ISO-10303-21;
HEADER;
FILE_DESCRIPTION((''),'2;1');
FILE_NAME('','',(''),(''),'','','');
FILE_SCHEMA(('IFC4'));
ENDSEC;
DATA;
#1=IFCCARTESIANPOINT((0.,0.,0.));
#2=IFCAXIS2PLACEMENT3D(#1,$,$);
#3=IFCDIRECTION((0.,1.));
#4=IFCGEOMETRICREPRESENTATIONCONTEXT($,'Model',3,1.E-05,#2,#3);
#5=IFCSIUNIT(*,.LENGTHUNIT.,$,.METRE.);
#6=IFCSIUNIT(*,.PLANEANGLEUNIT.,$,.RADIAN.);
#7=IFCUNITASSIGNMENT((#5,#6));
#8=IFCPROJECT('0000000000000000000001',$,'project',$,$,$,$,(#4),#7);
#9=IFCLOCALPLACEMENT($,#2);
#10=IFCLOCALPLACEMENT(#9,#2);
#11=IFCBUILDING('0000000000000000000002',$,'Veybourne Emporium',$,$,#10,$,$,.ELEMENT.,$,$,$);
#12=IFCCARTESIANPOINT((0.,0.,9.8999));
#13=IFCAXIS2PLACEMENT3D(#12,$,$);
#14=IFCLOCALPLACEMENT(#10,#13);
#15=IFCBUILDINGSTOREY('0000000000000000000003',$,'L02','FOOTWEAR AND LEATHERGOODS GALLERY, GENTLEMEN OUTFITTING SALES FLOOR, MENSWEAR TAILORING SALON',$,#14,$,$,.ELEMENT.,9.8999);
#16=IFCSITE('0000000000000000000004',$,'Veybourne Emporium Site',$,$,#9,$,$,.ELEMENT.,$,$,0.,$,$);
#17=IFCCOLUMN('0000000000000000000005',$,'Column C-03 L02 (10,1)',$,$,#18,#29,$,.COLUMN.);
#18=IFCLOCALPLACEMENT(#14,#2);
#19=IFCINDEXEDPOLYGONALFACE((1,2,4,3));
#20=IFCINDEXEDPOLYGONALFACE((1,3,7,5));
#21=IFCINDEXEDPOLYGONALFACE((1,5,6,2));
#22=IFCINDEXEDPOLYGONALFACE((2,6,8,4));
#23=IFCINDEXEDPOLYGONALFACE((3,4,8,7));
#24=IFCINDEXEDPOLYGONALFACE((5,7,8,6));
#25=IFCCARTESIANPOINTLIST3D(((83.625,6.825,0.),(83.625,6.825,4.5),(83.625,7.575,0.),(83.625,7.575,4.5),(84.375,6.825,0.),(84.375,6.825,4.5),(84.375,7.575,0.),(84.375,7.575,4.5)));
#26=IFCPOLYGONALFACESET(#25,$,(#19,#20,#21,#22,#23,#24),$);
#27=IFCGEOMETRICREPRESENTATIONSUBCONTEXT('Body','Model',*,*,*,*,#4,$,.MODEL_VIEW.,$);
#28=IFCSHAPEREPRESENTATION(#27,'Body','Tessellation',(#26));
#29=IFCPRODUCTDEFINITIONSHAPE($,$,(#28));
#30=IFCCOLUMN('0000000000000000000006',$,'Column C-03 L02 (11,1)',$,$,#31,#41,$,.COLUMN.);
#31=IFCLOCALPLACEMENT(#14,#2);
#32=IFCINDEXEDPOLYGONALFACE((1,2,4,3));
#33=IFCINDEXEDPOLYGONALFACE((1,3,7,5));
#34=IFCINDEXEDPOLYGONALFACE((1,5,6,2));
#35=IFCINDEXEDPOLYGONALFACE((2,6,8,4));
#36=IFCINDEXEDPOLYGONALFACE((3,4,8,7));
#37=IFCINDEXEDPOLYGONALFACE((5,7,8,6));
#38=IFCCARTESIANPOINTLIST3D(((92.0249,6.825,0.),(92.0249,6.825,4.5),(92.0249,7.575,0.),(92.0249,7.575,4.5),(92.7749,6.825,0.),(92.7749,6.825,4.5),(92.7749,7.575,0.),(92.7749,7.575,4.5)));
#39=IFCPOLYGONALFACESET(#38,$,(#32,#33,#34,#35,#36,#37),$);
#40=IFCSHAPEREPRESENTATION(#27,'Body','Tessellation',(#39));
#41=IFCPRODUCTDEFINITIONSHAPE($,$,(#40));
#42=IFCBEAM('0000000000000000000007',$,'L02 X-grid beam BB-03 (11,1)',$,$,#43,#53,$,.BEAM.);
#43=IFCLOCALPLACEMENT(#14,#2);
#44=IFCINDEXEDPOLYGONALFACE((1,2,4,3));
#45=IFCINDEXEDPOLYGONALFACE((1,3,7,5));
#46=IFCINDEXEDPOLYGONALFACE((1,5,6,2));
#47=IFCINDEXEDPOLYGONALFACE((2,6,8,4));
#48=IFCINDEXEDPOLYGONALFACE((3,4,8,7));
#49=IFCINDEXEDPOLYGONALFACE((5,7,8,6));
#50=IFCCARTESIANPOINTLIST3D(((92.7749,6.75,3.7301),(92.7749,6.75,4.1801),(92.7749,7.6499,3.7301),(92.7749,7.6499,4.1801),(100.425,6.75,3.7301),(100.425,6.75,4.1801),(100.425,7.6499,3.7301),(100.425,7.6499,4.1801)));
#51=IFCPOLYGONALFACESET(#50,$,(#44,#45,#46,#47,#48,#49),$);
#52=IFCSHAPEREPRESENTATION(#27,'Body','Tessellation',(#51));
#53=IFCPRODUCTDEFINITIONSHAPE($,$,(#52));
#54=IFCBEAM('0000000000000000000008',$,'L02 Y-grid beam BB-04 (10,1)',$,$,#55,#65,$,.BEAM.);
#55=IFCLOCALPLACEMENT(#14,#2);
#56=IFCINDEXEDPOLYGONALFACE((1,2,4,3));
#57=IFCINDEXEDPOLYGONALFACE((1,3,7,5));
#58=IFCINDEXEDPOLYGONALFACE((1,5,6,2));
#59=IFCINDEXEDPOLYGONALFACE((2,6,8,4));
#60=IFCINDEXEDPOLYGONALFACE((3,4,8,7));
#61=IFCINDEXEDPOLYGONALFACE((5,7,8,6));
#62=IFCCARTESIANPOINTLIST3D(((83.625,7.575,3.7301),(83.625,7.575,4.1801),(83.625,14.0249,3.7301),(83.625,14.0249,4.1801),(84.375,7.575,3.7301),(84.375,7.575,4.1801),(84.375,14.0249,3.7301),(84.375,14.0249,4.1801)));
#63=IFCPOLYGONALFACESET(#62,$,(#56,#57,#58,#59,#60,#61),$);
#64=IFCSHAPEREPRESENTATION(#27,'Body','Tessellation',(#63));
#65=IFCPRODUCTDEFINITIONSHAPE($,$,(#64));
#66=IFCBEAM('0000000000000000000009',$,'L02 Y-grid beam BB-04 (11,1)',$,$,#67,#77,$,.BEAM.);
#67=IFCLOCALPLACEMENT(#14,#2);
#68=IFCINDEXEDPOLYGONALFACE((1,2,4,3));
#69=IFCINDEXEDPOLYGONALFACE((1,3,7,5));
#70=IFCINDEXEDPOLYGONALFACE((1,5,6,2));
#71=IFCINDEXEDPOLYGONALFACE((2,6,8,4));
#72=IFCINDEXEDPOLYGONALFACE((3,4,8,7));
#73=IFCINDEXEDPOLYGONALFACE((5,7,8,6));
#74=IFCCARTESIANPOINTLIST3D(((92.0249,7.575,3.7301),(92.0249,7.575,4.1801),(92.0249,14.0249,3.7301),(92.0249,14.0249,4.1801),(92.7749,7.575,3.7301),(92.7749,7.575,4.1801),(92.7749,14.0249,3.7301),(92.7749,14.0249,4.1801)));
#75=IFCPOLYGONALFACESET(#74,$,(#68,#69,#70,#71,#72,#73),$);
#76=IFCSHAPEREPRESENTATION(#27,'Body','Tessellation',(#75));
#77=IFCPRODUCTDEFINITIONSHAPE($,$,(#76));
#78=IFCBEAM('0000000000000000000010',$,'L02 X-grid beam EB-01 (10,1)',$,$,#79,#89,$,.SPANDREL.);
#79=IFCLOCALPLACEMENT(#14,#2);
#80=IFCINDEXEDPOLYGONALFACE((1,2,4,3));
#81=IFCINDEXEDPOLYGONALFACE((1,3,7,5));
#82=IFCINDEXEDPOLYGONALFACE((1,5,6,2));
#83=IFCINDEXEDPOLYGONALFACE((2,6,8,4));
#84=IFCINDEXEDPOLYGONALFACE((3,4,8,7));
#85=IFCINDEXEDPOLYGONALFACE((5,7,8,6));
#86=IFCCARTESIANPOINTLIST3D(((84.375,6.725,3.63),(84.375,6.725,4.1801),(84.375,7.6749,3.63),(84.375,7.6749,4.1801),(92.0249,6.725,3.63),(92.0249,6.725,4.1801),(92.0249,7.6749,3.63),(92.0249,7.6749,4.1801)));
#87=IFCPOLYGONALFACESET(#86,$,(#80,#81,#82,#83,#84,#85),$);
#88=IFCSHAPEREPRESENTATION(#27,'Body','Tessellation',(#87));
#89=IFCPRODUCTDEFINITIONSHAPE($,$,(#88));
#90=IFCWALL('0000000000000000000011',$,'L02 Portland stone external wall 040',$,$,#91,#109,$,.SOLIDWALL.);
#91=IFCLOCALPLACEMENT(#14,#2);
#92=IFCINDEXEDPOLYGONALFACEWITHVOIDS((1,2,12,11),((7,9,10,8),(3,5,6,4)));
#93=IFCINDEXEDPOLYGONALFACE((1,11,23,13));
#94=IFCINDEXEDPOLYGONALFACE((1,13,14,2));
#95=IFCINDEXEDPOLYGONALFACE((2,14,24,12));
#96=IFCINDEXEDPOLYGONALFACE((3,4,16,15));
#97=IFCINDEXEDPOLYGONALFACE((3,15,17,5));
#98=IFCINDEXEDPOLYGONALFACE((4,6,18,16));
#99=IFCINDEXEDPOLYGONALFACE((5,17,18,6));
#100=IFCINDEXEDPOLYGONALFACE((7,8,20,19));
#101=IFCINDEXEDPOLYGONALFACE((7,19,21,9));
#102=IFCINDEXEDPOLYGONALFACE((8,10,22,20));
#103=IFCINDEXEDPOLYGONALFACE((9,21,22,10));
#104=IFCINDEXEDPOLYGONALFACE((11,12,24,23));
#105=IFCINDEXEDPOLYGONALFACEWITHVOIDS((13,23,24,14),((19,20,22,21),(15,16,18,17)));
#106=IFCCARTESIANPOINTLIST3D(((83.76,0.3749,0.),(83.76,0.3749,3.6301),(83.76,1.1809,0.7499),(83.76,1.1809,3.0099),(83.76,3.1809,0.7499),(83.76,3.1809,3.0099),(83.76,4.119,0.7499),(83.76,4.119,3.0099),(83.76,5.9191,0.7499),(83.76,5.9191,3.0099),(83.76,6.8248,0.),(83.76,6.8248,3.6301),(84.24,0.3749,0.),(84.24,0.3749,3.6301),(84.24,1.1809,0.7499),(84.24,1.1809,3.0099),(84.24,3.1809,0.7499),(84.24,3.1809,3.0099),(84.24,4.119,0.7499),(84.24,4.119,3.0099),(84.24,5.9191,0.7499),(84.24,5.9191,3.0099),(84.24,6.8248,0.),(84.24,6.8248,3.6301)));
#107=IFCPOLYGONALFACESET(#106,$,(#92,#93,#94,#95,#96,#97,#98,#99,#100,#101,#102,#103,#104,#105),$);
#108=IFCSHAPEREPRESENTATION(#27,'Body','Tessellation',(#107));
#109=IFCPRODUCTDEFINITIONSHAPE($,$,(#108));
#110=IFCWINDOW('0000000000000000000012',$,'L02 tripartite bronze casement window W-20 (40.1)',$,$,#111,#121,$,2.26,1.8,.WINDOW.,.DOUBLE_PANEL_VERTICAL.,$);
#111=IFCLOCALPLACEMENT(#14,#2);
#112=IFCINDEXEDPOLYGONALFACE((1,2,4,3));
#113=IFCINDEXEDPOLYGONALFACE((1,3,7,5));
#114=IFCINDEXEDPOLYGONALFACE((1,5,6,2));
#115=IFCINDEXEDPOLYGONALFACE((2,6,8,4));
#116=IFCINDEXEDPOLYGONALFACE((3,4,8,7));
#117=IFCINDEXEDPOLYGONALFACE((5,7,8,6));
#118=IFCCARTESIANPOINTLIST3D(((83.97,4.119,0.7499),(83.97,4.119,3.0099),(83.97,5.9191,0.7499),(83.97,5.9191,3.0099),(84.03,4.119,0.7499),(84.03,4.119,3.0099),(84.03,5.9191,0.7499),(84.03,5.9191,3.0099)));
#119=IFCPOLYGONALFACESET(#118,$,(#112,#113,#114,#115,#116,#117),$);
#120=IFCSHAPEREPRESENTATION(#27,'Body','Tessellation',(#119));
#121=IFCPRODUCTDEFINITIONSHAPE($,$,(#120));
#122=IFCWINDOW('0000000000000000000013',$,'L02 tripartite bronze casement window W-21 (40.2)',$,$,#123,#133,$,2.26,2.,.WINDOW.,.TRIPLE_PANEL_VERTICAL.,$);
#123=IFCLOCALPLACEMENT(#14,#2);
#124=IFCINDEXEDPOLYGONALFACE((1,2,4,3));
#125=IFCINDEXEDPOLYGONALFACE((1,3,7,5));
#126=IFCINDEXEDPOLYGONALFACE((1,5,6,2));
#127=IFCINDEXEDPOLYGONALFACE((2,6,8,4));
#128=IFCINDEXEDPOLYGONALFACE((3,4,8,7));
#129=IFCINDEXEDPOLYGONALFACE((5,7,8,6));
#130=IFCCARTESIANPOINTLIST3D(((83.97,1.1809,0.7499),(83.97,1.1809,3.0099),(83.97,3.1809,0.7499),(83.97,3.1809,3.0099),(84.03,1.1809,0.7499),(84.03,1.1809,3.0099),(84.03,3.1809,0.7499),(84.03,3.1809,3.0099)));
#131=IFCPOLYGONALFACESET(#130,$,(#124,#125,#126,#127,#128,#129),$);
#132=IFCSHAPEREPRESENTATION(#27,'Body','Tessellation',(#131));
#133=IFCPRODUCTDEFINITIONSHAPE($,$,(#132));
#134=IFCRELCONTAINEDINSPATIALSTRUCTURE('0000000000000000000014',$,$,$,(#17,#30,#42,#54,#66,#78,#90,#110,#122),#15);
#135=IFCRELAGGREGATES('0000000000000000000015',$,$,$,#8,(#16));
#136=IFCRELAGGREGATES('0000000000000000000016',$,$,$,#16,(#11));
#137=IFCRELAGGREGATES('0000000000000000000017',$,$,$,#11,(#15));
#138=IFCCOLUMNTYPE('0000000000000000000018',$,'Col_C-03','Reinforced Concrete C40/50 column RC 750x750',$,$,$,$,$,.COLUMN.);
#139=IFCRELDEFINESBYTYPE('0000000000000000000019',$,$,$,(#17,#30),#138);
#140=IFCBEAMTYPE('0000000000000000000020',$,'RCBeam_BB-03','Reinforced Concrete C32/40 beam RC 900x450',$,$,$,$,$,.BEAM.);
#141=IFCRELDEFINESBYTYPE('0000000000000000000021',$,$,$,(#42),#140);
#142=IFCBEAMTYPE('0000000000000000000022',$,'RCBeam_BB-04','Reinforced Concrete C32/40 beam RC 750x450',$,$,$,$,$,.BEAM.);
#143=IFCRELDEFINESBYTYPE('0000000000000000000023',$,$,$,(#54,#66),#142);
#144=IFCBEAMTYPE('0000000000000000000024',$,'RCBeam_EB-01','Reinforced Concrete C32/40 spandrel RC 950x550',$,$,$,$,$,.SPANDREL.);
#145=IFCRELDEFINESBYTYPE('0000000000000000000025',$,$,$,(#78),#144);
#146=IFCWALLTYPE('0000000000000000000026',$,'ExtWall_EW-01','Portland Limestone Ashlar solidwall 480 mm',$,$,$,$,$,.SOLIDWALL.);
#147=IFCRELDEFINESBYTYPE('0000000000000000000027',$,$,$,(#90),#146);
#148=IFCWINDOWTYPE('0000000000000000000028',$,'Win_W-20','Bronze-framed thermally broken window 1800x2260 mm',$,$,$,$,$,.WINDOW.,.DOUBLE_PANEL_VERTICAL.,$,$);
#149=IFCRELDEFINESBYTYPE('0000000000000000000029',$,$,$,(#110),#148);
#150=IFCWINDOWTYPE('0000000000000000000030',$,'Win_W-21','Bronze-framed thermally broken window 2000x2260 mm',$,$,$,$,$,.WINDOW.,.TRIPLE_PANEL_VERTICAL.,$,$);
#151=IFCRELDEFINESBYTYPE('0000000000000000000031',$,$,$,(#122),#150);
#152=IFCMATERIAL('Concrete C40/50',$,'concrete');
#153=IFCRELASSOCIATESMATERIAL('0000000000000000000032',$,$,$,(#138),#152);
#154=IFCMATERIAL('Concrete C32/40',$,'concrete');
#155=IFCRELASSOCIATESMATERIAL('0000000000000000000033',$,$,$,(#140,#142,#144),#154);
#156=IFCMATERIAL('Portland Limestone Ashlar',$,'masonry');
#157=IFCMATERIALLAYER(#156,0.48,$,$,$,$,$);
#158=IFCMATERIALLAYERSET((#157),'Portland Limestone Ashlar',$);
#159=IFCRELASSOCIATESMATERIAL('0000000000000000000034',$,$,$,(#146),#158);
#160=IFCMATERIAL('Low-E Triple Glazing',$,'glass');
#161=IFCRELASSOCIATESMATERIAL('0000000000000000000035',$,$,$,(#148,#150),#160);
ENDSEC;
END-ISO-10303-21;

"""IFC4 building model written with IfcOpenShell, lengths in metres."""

from ifc_helpers import new_model, si_unit, direction, frame, frame_2d, origin, origin_2d, place, context, subcontext, project, spatial, rectangle, extrude, material, layer, layer_set, material_profile, profile_set, type_object, element, fill, save


model = new_model("IFC4")

# Units and contexts
model_context = context("Model", 3, precision=1e-05, world=origin(), true_north=direction((0.0, 1.0)))
body_context = subcontext(model_context, "Body", "Model", "MODEL_VIEW")
ifc_project = project(units=[si_unit("LENGTHUNIT", "METRE"), si_unit("PLANEANGLEUNIT", "RADIAN")], contexts=[model_context])

# Site, building, storey
site_placement = place(None, origin())
site = spatial("IfcSite", under=ifc_project, at=site_placement, Name="Veybourne Emporium Site", CompositionType="ELEMENT", RefElevation=0.0)
building_placement = place(site_placement, origin())
building = spatial("IfcBuilding", under=site, at=building_placement, Name="Veybourne Emporium", CompositionType="ELEMENT")
storey_placement = place(building_placement, frame((0.0, 0.0, 9.8999)))
storey = spatial("IfcBuildingStorey", under=building, at=storey_placement, Name="L02", Description="FOOTWEAR AND LEATHERGOODS GALLERY, GENTLEMEN OUTFITTING SALES FLOOR, MENSWEAR TAILORING SALON", CompositionType="ELEMENT", Elevation=9.8999)

# Columns
ifc_material_1 = material(Name="Concrete C40/50", Category="concrete")
ifc_material_profile_1 = material_profile(ifc_material_1, rectangle(XDim=0.75, YDim=0.75, at=origin_2d()), Name="RC 750x750")
ifc_profile_set_1 = profile_set([ifc_material_profile_1], Name="Concrete C40/50")
column_type = type_object("IfcColumnType", Name="Col_C-03", Description="Reinforced Concrete C40/50 column RC 750x750", PredefinedType="COLUMN", material=ifc_profile_set_1)
for number, where, z_axis, x_axis, name in (
    (1, (84.0, 7.2, 0.0), (0.0, 0.0, 1.0), (1.0, 0.0, 0.0), "Column C-03 L02 (10,1)"),
    (2, (92.3999, 7.2, 0.0), (0.0, 0.0, 1.0), (1.0, 0.0, 0.0), "Column C-03 L02 (11,1)"),
):
    element("IfcColumn", number, at=place(storey_placement, frame(where, z_axis=z_axis, x_axis=x_axis)), inside=storey, type_object=column_type, Name=name, PredefinedType="COLUMN", context=body_context, shape_type="SweptSolid", body=[
        extrude(rectangle(XDim=0.75, YDim=0.75, at=origin_2d()), origin(), (0.0, 0.0, 1.0), 4.5),
    ])

# Beams
ifc_material_2 = material(Name="Concrete C32/40", Category="concrete")
ifc_material_profile_2 = material_profile(ifc_material_2, rectangle(XDim=0.8999, YDim=0.45, at=origin_2d()), Name="RC 900x450")
ifc_profile_set_2 = profile_set([ifc_material_profile_2], Name="Concrete C32/40")
beam_type_1 = type_object("IfcBeamType", Name="RCBeam_BB-03", Description="Reinforced Concrete C32/40 beam RC 900x450", PredefinedType="BEAM", material=ifc_profile_set_2)
beam_1_placement = place(storey_placement, frame((92.7749, 7.2, 3.9551), z_axis=(1.0, 0.0, 0.0), x_axis=(0.0, 1.0, 0.0)))
element("IfcBeam", 3, at=beam_1_placement, inside=storey, type_object=beam_type_1, Name="L02 X-grid beam BB-03 (11,1)", PredefinedType="BEAM", context=body_context, shape_type="SweptSolid", body=[
    extrude(rectangle(XDim=0.8999, YDim=0.45, at=origin_2d()), origin(), (0.0, 0.0, 1.0), 7.6501),
])
ifc_material_profile_3 = material_profile(ifc_material_2, rectangle(XDim=0.75, YDim=0.45, at=origin_2d()), Name="RC 750x450")
ifc_profile_set_3 = profile_set([ifc_material_profile_3], Name="Concrete C32/40")
beam_type_2 = type_object("IfcBeamType", Name="RCBeam_BB-04", Description="Reinforced Concrete C32/40 beam RC 750x450", PredefinedType="BEAM", material=ifc_profile_set_3)
for number, where, z_axis, x_axis, name in (
    (4, (84.0, 7.575, 3.9551), (0.0, 1.0, 0.0), (-1.0, 0.0, 0.0), "L02 Y-grid beam BB-04 (10,1)"),
    (5, (92.3999, 7.575, 3.9551), (0.0, 1.0, 0.0), (-1.0, 0.0, 0.0), "L02 Y-grid beam BB-04 (11,1)"),
):
    element("IfcBeam", number, at=place(storey_placement, frame(where, z_axis=z_axis, x_axis=x_axis)), inside=storey, type_object=beam_type_2, Name=name, PredefinedType="BEAM", context=body_context, shape_type="SweptSolid", body=[
        extrude(rectangle(XDim=0.75, YDim=0.45, at=origin_2d()), origin(), (0.0, 0.0, 1.0), 6.45),
    ])
ifc_material_profile_4 = material_profile(ifc_material_2, rectangle(XDim=0.95, YDim=0.55, at=origin_2d()), Name="RC 950x550")
ifc_profile_set_4 = profile_set([ifc_material_profile_4], Name="Concrete C32/40")
beam_type_3 = type_object("IfcBeamType", Name="RCBeam_EB-01", Description="Reinforced Concrete C32/40 spandrel RC 950x550", PredefinedType="SPANDREL", material=ifc_profile_set_4)
beam_2_placement = place(storey_placement, frame((84.375, 7.2, 3.905), z_axis=(1.0, 0.0, 0.0), x_axis=(0.0, 1.0, 0.0)))
element("IfcBeam", 6, at=beam_2_placement, inside=storey, type_object=beam_type_3, Name="L02 X-grid beam EB-01 (10,1)", PredefinedType="SPANDREL", context=body_context, shape_type="SweptSolid", body=[
    extrude(rectangle(XDim=0.95, YDim=0.55, at=origin_2d()), origin(), (0.0, 0.0, 1.0), 7.6499),
])

# Wall, openings, windows
ifc_material_3 = material(Name="Portland Limestone Ashlar", Category="masonry")
ifc_layer_1 = layer(ifc_material_3, 0.48)
ifc_layer_set_1 = layer_set([ifc_layer_1], Name="Portland Limestone Ashlar")
wall_type_1 = type_object("IfcWallType", Name="ExtWall_EW-01", Description="Portland Limestone Ashlar solidwall 480 mm", PredefinedType="SOLIDWALL", material=ifc_layer_set_1)
wall_1_placement = place(storey_placement, frame((84.0, 6.825, 0.0), z_axis=(0.0, 0.0, 1.0), x_axis=(0.0, -1.0, 0.0)))
wall_1 = element("IfcWall", 7, at=wall_1_placement, inside=storey, type_object=wall_type_1, Name="L02 Portland stone external wall 040", PredefinedType="SOLIDWALL", context=body_context, shape_type="SweptSolid", body=[
    extrude(rectangle(XDim=6.45, YDim=0.48, at=frame_2d((3.2251, 0.0))), origin(), (0.0, 0.0, 1.0), 3.6301),
])
opening_1_placement = place(wall_1_placement, frame((0.906, 0.0, 0.75)))
opening_1 = element("IfcOpeningElement", 8, at=opening_1_placement, cuts=wall_1, PredefinedType="OPENING", context=body_context, shape_type="SweptSolid", body=[
    extrude(rectangle(XDim=1.8, YDim=2.26, at=frame_2d((0.8999, 1.1299))), frame((0.0, 0.26, 0.0), z_axis=(0.0, -1.0, 0.0), x_axis=(1.0, 0.0, 0.0)), (0.0, 0.0, 1.0), 0.52),
])
opening_2_placement = place(wall_1_placement, frame((3.644, 0.0, 0.75)))
opening_2 = element("IfcOpeningElement", 9, at=opening_2_placement, cuts=wall_1, PredefinedType="OPENING", context=body_context, shape_type="SweptSolid", body=[
    extrude(rectangle(XDim=2.0, YDim=2.26, at=frame_2d((1.0, 1.1299))), frame((0.0, 0.26, 0.0), z_axis=(0.0, -1.0, 0.0), x_axis=(1.0, 0.0, 0.0)), (0.0, 0.0, 1.0), 0.52),
])
ifc_material_4 = material(Name="Low-E Triple Glazing", Category="glass")
window_type_1 = type_object("IfcWindowType", Name="Win_W-20", Description="Bronze-framed thermally broken window 1800x2260 mm", PartitioningType="DOUBLE_PANEL_VERTICAL", PredefinedType="WINDOW", material=ifc_material_4)
window_1_placement = place(opening_1_placement, origin())
window_1 = element("IfcWindow", 10, at=window_1_placement, inside=storey, type_object=window_type_1, Name="L02 tripartite bronze casement window W-20 (40.1)", OverallHeight=2.26, OverallWidth=1.8, PartitioningType="DOUBLE_PANEL_VERTICAL", PredefinedType="WINDOW", context=body_context, shape_type="SweptSolid", body=[
    extrude(rectangle(XDim=1.8, YDim=2.26, at=frame_2d((0.8999, 1.1299))), frame((0.0, 0.03, 0.0), z_axis=(0.0, -1.0, 0.0), x_axis=(1.0, 0.0, 0.0)), (0.0, 0.0, 1.0), 0.0601),
])
fill(opening_1, window_1)
window_type_2 = type_object("IfcWindowType", Name="Win_W-21", Description="Bronze-framed thermally broken window 2000x2260 mm", PartitioningType="TRIPLE_PANEL_VERTICAL", PredefinedType="WINDOW", material=ifc_material_4)
window_2_placement = place(opening_2_placement, origin())
window_2 = element("IfcWindow", 11, at=window_2_placement, inside=storey, type_object=window_type_2, Name="L02 tripartite bronze casement window W-21 (40.2)", OverallHeight=2.26, OverallWidth=2.0, PartitioningType="TRIPLE_PANEL_VERTICAL", PredefinedType="WINDOW", context=body_context, shape_type="SweptSolid", body=[
    extrude(rectangle(XDim=2.0, YDim=2.26, at=frame_2d((1.0, 1.1299))), frame((0.0, 0.03, 0.0), z_axis=(0.0, -1.0, 0.0), x_axis=(1.0, 0.0, 0.0)), (0.0, 0.0, 1.0), 0.0601),
])
fill(opening_2, window_2)

save(model, "model.ifc")
